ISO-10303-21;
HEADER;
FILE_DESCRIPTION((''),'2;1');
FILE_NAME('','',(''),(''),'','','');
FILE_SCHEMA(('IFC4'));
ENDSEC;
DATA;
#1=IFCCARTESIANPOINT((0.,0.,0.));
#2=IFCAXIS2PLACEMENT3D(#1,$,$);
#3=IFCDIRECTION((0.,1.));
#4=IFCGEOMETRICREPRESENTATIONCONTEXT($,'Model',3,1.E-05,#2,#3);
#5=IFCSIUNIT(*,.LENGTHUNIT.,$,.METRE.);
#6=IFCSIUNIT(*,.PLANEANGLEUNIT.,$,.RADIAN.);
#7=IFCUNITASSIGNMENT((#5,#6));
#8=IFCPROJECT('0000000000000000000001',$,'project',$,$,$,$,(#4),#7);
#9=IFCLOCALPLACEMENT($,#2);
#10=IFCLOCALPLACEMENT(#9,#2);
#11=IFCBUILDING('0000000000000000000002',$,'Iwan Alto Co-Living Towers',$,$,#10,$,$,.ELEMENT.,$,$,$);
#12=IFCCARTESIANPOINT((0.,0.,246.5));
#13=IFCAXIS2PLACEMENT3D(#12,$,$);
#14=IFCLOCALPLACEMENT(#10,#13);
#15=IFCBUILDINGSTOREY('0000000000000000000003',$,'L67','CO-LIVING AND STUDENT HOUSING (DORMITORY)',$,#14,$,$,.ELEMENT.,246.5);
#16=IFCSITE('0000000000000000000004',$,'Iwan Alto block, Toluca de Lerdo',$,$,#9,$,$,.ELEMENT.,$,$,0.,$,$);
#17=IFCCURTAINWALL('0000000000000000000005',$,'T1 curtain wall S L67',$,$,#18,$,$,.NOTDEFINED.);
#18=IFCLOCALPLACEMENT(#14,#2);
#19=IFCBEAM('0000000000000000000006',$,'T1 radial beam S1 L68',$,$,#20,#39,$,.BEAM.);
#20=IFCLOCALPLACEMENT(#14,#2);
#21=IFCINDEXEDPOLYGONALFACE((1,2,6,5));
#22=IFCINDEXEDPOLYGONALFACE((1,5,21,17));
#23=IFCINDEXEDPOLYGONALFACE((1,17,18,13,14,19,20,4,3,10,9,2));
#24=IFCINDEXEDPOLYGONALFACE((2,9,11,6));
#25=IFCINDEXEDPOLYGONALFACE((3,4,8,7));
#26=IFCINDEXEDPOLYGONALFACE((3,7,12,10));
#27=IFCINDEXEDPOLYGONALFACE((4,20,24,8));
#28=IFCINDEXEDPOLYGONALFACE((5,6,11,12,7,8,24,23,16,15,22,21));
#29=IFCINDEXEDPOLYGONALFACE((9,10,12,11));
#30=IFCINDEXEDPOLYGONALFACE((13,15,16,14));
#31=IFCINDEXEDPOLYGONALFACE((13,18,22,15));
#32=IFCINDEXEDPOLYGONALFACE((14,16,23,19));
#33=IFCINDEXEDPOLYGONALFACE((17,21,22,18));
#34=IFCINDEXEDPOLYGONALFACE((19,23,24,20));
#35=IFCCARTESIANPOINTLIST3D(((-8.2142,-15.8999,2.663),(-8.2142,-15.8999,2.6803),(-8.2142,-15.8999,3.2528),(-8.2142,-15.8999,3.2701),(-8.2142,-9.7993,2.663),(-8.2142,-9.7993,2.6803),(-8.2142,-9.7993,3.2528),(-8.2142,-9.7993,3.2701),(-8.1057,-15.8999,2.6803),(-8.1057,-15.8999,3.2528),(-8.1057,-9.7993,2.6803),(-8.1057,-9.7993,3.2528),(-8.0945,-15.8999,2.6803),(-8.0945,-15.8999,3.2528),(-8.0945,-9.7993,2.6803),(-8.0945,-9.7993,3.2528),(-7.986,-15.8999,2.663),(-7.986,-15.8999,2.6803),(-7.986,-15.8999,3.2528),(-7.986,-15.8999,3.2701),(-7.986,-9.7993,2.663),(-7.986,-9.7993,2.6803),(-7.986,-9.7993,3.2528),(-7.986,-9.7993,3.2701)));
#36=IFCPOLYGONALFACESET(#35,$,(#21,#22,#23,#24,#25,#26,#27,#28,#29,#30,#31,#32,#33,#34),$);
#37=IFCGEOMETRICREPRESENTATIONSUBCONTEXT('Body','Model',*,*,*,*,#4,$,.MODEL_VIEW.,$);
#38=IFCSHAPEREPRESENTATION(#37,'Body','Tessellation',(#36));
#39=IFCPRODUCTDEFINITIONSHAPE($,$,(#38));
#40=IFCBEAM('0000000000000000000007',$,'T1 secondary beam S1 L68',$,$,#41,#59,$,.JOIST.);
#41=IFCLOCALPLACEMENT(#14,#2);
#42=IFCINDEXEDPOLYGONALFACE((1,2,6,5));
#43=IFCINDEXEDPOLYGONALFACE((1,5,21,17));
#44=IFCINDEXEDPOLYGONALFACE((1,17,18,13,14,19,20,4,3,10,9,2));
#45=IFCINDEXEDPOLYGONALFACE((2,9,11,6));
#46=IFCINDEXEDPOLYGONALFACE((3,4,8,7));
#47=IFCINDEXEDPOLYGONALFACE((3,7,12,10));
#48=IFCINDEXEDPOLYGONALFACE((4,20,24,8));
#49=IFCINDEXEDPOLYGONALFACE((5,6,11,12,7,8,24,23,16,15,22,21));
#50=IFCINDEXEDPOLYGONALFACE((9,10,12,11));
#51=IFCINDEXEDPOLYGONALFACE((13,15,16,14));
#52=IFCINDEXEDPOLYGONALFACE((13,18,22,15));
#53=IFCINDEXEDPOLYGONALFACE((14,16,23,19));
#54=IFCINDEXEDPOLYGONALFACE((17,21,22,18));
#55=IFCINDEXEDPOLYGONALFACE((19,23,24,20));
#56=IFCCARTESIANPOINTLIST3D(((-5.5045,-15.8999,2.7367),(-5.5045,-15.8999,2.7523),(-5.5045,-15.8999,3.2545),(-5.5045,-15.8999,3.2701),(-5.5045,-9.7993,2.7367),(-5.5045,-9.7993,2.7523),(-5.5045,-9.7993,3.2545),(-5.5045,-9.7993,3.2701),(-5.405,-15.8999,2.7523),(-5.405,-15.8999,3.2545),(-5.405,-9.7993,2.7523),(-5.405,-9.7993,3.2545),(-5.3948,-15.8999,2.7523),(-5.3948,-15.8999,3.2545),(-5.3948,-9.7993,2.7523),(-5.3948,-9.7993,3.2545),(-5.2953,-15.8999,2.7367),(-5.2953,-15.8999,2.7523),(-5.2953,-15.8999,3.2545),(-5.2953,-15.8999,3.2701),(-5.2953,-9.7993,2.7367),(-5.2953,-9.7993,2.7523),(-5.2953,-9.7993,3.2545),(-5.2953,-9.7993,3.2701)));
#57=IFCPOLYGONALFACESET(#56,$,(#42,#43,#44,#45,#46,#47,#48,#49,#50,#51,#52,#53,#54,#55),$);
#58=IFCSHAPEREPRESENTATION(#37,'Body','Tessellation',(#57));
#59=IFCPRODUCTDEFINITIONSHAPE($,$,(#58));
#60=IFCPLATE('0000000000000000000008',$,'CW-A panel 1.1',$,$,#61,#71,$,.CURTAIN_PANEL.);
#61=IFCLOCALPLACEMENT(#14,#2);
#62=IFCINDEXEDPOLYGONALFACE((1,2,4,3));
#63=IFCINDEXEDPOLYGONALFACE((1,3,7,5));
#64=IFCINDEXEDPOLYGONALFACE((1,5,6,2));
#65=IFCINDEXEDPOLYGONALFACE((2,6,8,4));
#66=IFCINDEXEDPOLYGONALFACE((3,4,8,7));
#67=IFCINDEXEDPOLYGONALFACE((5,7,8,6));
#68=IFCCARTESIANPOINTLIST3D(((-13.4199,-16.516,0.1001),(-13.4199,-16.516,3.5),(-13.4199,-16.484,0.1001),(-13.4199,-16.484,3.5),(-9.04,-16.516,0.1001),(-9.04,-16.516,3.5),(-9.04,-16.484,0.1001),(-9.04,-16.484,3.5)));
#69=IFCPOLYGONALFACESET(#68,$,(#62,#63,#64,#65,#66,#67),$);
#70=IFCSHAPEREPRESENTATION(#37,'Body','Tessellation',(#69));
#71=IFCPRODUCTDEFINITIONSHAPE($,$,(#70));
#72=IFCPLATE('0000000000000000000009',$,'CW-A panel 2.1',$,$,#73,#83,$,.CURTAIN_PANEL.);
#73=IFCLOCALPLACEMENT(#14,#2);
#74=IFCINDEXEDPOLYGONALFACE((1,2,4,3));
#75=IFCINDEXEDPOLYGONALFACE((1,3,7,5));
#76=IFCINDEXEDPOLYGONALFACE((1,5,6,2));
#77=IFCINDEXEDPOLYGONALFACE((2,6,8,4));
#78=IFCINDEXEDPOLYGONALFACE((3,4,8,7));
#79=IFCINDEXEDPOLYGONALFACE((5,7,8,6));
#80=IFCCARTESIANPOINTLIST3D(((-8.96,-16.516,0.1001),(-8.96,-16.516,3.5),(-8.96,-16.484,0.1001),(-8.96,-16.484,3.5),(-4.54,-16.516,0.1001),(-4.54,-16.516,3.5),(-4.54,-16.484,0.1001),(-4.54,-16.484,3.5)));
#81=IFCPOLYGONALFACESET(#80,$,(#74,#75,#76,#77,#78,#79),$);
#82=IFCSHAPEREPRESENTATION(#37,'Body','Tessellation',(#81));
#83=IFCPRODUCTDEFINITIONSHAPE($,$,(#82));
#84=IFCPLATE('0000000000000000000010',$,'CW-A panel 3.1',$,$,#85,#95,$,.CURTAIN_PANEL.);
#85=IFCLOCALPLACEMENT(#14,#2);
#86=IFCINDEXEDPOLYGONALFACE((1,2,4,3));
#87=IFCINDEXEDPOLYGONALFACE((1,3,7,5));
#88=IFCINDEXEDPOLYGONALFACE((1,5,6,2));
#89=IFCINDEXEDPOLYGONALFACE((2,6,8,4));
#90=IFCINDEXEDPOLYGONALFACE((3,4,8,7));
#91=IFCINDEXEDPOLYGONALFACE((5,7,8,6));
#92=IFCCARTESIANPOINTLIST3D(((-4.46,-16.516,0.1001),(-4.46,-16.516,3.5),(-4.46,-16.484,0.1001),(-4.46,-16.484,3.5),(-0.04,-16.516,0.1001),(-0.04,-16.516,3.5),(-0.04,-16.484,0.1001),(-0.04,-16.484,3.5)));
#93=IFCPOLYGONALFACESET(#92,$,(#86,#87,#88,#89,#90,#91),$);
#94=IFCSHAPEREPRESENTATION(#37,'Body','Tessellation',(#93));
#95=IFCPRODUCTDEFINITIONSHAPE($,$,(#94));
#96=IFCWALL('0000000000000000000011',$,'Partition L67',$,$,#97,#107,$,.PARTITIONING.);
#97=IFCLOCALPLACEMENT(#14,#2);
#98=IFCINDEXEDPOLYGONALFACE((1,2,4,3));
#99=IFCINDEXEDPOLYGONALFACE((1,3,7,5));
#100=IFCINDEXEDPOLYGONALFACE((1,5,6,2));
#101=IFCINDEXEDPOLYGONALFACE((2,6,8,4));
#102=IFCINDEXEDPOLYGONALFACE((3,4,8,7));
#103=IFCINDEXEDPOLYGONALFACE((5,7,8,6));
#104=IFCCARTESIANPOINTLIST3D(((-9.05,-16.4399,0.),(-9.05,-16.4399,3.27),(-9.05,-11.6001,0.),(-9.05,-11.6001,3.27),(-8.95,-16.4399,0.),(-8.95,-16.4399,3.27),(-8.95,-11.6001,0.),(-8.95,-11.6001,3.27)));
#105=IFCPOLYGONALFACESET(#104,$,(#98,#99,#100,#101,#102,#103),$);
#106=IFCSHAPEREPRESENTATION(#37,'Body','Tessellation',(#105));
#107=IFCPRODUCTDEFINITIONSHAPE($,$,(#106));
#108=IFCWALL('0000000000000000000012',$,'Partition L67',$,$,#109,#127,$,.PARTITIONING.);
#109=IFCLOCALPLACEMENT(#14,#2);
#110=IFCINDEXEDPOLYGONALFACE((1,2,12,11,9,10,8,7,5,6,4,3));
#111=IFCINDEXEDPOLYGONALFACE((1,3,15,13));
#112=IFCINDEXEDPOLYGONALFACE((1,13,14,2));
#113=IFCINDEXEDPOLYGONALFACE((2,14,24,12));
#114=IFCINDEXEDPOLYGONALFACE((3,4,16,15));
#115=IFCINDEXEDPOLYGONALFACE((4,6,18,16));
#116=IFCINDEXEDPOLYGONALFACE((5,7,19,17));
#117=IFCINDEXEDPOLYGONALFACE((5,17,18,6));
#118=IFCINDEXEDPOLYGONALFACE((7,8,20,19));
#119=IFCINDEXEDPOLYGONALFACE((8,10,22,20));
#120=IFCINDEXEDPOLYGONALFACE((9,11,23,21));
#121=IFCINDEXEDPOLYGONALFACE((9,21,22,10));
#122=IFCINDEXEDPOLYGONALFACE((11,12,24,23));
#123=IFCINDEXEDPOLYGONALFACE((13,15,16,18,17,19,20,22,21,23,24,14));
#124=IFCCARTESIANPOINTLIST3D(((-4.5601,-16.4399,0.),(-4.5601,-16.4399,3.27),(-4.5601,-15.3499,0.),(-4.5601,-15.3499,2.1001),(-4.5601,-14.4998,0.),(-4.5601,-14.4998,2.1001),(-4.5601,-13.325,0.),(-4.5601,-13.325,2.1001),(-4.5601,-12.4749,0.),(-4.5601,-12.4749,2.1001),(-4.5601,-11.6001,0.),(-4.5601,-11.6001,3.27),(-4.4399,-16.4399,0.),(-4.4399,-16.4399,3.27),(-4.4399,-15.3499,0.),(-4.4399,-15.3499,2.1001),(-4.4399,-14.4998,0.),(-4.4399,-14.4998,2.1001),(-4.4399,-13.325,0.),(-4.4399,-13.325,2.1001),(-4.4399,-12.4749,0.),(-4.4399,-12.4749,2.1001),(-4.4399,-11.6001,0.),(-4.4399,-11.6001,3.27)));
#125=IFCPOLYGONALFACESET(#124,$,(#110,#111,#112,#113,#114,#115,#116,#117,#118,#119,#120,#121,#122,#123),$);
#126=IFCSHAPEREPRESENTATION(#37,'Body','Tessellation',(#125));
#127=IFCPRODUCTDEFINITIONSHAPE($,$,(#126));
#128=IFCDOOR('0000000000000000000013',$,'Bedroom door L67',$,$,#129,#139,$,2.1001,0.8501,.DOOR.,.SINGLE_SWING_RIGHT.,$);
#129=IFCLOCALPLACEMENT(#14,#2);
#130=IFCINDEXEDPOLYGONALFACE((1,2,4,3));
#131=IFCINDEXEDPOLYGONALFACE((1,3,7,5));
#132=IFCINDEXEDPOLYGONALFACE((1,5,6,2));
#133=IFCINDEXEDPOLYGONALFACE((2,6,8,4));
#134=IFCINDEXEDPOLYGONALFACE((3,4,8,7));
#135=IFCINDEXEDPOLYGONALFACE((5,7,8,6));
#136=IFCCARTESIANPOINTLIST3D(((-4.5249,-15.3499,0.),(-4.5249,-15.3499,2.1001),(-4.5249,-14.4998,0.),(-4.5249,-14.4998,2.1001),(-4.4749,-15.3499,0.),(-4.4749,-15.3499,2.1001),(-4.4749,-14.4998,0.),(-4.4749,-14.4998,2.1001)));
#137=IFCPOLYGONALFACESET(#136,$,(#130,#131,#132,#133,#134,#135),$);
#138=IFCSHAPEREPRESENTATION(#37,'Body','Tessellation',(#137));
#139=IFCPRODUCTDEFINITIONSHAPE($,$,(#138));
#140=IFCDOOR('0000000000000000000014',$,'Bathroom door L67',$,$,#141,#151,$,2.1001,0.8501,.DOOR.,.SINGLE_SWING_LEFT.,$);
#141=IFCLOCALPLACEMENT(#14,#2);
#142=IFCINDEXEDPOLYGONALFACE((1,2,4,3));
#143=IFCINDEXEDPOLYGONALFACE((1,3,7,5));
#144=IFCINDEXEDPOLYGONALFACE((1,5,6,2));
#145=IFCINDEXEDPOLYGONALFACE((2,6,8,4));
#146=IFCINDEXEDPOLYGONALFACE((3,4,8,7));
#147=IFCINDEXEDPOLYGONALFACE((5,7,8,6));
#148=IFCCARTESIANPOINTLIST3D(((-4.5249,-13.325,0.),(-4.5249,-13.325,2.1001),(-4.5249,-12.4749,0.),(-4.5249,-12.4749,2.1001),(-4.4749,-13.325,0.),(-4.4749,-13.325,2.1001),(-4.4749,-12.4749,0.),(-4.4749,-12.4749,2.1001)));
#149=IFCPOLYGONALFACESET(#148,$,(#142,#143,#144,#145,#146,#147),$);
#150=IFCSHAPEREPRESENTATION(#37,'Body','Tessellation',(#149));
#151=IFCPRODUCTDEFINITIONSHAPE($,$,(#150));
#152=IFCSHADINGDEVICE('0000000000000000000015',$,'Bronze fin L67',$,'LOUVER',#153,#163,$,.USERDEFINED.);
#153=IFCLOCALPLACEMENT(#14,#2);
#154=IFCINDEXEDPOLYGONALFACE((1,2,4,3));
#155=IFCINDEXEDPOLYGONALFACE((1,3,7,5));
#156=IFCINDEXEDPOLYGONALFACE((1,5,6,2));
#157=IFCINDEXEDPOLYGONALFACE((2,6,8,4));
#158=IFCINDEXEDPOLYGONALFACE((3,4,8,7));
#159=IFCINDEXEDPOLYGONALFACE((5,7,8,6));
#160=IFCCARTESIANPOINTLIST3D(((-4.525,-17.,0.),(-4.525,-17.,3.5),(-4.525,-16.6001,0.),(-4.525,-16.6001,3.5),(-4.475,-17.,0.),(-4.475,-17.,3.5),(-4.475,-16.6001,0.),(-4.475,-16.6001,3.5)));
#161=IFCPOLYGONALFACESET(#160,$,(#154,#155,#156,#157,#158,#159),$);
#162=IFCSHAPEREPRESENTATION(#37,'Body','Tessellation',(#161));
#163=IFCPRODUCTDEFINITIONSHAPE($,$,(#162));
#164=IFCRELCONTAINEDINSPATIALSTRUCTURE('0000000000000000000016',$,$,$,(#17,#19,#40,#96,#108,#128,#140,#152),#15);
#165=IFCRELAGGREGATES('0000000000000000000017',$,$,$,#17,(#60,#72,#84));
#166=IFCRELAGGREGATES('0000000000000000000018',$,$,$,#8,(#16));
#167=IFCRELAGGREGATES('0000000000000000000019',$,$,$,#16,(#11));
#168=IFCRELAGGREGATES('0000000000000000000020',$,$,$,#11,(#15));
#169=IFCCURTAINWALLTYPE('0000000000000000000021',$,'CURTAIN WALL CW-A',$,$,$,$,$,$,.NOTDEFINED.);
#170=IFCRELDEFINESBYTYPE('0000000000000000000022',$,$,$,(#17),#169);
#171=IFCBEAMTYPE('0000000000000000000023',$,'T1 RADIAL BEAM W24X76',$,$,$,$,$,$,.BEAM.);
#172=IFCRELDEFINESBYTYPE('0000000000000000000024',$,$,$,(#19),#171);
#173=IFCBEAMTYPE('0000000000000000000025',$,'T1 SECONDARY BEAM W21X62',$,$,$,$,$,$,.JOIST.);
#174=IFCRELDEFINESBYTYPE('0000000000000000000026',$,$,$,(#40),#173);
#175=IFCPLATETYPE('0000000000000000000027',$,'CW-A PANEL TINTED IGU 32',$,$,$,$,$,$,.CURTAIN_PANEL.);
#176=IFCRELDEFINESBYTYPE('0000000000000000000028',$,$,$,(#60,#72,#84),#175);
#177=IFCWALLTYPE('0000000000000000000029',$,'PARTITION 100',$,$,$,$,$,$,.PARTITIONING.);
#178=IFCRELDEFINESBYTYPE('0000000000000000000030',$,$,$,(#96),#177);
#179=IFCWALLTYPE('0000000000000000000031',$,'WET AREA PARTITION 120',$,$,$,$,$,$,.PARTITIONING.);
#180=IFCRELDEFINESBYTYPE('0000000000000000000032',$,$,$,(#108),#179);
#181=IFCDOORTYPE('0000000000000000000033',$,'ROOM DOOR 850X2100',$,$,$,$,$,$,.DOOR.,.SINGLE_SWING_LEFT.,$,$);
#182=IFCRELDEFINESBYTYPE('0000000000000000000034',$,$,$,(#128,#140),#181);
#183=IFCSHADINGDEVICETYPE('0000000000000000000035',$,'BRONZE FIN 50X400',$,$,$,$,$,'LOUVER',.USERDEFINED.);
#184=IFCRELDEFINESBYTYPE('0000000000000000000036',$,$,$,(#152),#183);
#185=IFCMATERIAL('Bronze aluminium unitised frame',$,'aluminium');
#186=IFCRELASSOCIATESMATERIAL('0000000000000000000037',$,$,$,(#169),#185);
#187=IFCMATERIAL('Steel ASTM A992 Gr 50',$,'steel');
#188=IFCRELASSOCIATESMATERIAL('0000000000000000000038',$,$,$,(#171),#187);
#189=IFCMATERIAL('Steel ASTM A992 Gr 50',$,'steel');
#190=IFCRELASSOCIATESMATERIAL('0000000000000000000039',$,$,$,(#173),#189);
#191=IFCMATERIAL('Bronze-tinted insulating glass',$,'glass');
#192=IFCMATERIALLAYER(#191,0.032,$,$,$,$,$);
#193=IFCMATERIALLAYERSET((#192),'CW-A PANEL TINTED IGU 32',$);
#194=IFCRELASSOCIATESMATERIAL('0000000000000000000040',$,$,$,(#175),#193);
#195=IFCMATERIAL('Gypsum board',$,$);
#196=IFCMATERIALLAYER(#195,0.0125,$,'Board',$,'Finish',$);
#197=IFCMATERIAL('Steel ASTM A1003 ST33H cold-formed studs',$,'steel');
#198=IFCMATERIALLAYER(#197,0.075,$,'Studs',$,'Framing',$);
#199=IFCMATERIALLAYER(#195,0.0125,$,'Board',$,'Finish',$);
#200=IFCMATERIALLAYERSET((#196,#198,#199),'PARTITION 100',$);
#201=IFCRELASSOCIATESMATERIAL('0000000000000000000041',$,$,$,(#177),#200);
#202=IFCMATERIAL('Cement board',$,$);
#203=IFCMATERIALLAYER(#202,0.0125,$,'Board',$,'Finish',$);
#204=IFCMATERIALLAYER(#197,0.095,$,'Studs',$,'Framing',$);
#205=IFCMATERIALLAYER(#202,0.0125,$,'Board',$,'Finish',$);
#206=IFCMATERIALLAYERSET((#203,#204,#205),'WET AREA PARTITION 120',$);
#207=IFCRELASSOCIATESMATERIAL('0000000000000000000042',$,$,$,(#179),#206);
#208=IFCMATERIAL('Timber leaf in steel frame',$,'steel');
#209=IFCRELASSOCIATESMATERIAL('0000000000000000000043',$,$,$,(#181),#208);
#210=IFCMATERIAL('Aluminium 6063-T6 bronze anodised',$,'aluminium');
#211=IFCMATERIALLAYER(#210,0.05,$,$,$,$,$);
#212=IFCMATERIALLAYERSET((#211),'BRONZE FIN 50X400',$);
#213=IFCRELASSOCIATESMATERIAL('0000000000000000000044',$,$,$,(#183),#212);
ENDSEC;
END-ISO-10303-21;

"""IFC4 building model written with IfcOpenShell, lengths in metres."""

from ifc_helpers import new_model, si_unit, direction, frame, frame_2d, origin, origin_2d, place, context, subcontext, project, spatial, rectangle, i_section, extrude, material, layer, layer_set, material_profile, profile_set, type_object, element, fill, aggregate, save


model = new_model("IFC4")

# Units and contexts
model_context = context("Model", 3, precision=1e-05, world=origin(), true_north=direction((0.0, 1.0)))
body_context = subcontext(model_context, "Body", "Model", "MODEL_VIEW")
ifc_project = project(units=[si_unit("LENGTHUNIT", "METRE"), si_unit("PLANEANGLEUNIT", "RADIAN")], contexts=[model_context])

# Site, building, storey
site_placement = place(None, origin())
site = spatial("IfcSite", under=ifc_project, at=site_placement, Name="Iwan Alto block, Toluca de Lerdo", CompositionType="ELEMENT", RefElevation=0.0)
building_placement = place(site_placement, origin())
building = spatial("IfcBuilding", under=site, at=building_placement, Name="Iwan Alto Co-Living Towers", CompositionType="ELEMENT")
storey_placement = place(building_placement, frame((0.0, 0.0, 246.5)))
storey = spatial("IfcBuildingStorey", under=building, at=storey_placement, Name="L67", Description="CO-LIVING AND STUDENT HOUSING (DORMITORY)", CompositionType="ELEMENT", Elevation=246.5)

# Curtain wall
ifc_material_1 = material(Name="Bronze aluminium unitised frame", Category="aluminium")
curtain_wall_type_1 = type_object("IfcCurtainWallType", Name="CURTAIN WALL CW-A", PredefinedType="NOTDEFINED", material=ifc_material_1)
curtain_wall_1_placement = place(storey_placement, origin())
curtain_wall_1 = element("IfcCurtainWall", 1, at=curtain_wall_1_placement, inside=storey, type_object=curtain_wall_type_1, Name="T1 curtain wall S L67", PredefinedType="NOTDEFINED")

# Beams
ifc_material_2 = material(Name="Steel ASTM A992 Gr 50", Category="steel")
ifc_material_profile_1 = material_profile(ifc_material_2, i_section(OverallWidth=0.2283, OverallDepth=0.6072, WebThickness=0.0112, FlangeThickness=0.0173, at=origin_2d()), Name="W24X76")
ifc_profile_set_1 = profile_set([ifc_material_profile_1], Name="Steel ASTM A992 Gr 50")
beam_type_1 = type_object("IfcBeamType", Name="T1 RADIAL BEAM W24X76", PredefinedType="BEAM", material=ifc_profile_set_1)
beam_1_placement = place(storey_placement, frame((-8.1001, -15.8999, 2.9666), z_axis=(0.0, 1.0, 0.0), x_axis=(-1.0, 0.0, 0.0)))
element("IfcBeam", 2, at=beam_1_placement, inside=storey, type_object=beam_type_1, Name="T1 radial beam S1 L68", PredefinedType="BEAM", context=body_context, shape_type="SweptSolid", body=[
    extrude(i_section(OverallWidth=0.2283, OverallDepth=0.6072, WebThickness=0.0112, FlangeThickness=0.0173, at=origin_2d()), origin(), (0.0, 0.0, 1.0), 6.1006),
])
ifc_material_3 = material(Name="Steel ASTM A992 Gr 50", Category="steel")
ifc_material_profile_2 = material_profile(ifc_material_3, i_section(OverallWidth=0.2092, OverallDepth=0.5334, WebThickness=0.0103, FlangeThickness=0.0156, at=origin_2d()), Name="W21X62")
ifc_profile_set_2 = profile_set([ifc_material_profile_2], Name="Steel ASTM A992 Gr 50")
beam_type_2 = type_object("IfcBeamType", Name="T1 SECONDARY BEAM W21X62", PredefinedType="JOIST", material=ifc_profile_set_2)
beam_2_placement = place(storey_placement, frame((-5.3999, -15.8999, 3.0034), z_axis=(0.0, 1.0, 0.0), x_axis=(-1.0, 0.0, 0.0)))
element("IfcBeam", 3, at=beam_2_placement, inside=storey, type_object=beam_type_2, Name="T1 secondary beam S1 L68", PredefinedType="JOIST", context=body_context, shape_type="SweptSolid", body=[
    extrude(i_section(OverallWidth=0.2092, OverallDepth=0.5334, WebThickness=0.0103, FlangeThickness=0.0156, at=origin_2d()), origin(), (0.0, 0.0, 1.0), 6.1006),
])

# Plates
ifc_material_4 = material(Name="Bronze-tinted insulating glass", Category="glass")
ifc_layer_1 = layer(ifc_material_4, 0.032)
ifc_layer_set_1 = layer_set([ifc_layer_1], Name="CW-A PANEL TINTED IGU 32")
plate_type = type_object("IfcPlateType", Name="CW-A PANEL TINTED IGU 32", PredefinedType="CURTAIN_PANEL", material=ifc_layer_set_1)
plate_1_placement = place(storey_placement, frame((-11.23, -16.5, 0.1001), z_axis=(0.0, 0.0, 1.0), x_axis=(1.0, 0.0, 0.0)))
plate_1 = element("IfcPlate", 4, at=plate_1_placement, type_object=plate_type, Name="CW-A panel 1.1", PredefinedType="CURTAIN_PANEL", context=body_context, shape_type="SweptSolid", body=[
    extrude(rectangle(XDim=4.3799, YDim=0.032, at=origin_2d()), origin(), (0.0, 0.0, 1.0), 3.3999),
])
plate_2_placement = place(storey_placement, frame((-6.75, -16.5, 0.1001), z_axis=(0.0, 0.0, 1.0), x_axis=(1.0, 0.0, 0.0)))
plate_2 = element("IfcPlate", 5, at=plate_2_placement, type_object=plate_type, Name="CW-A panel 2.1", PredefinedType="CURTAIN_PANEL", context=body_context, shape_type="SweptSolid", body=[
    extrude(rectangle(XDim=4.4199, YDim=0.032, at=origin_2d()), origin(), (0.0, 0.0, 1.0), 3.3999),
])
plate_3_placement = place(storey_placement, frame((-2.25, -16.5, 0.1001), z_axis=(0.0, 0.0, 1.0), x_axis=(1.0, 0.0, 0.0)))
plate_3 = element("IfcPlate", 6, at=plate_3_placement, type_object=plate_type, Name="CW-A panel 3.1", PredefinedType="CURTAIN_PANEL", context=body_context, shape_type="SweptSolid", body=[
    extrude(rectangle(XDim=4.4199, YDim=0.032, at=origin_2d()), origin(), (0.0, 0.0, 1.0), 3.3999),
])
aggregate(curtain_wall_1, [plate_1, plate_2, plate_3])

# Wall
ifc_material_5 = material(Name="Gypsum board")
ifc_layer_2 = layer(ifc_material_5, 0.0125, Name="Board", Category="Finish")
ifc_material_6 = material(Name="Steel ASTM A1003 ST33H cold-formed studs", Category="steel")
ifc_layer_3 = layer(ifc_material_6, 0.075, Name="Studs", Category="Framing")
ifc_layer_4 = layer(ifc_material_5, 0.0125, Name="Board", Category="Finish")
ifc_layer_set_2 = layer_set([ifc_layer_2, ifc_layer_3, ifc_layer_4], Name="PARTITION 100")
wall_type_1 = type_object("IfcWallType", Name="PARTITION 100", PredefinedType="PARTITIONING", material=ifc_layer_set_2)
wall_1_placement = place(storey_placement, frame((-9.0, -16.4399, 0.0), z_axis=(0.0, 0.0, 1.0), x_axis=(0.0, 1.0, 0.0)))
element("IfcWall", 7, at=wall_1_placement, inside=storey, type_object=wall_type_1, Name="Partition L67", PredefinedType="PARTITIONING", context=body_context, shape_type="SweptSolid", body=[
    extrude(rectangle(XDim=4.8398, YDim=0.1001, at=frame_2d((2.4199, 0.0))), origin(), (0.0, 0.0, 1.0), 3.27),
])

# Wall, openings, doors
ifc_material_7 = material(Name="Cement board")
ifc_layer_5 = layer(ifc_material_7, 0.0125, Name="Board", Category="Finish")
ifc_layer_6 = layer(ifc_material_6, 0.095, Name="Studs", Category="Framing")
ifc_layer_7 = layer(ifc_material_7, 0.0125, Name="Board", Category="Finish")
ifc_layer_set_3 = layer_set([ifc_layer_5, ifc_layer_6, ifc_layer_7], Name="WET AREA PARTITION 120")
wall_type_2 = type_object("IfcWallType", Name="WET AREA PARTITION 120", PredefinedType="PARTITIONING", material=ifc_layer_set_3)
wall_2_placement = place(storey_placement, frame((-4.5, -16.4399, 0.0), z_axis=(0.0, 0.0, 1.0), x_axis=(0.0, 1.0, 0.0)))
wall_2 = element("IfcWall", 8, at=wall_2_placement, inside=storey, type_object=wall_type_2, Name="Partition L67", PredefinedType="PARTITIONING", context=body_context, shape_type="SweptSolid", body=[
    extrude(rectangle(XDim=4.8398, YDim=0.1201, at=frame_2d((2.4199, 0.0))), origin(), (0.0, 0.0, 1.0), 3.27),
])
opening_1_placement = place(wall_2_placement, frame((1.0901, 0.0, 0.0)))
opening_1 = element("IfcOpeningElement", 9, at=opening_1_placement, cuts=wall_2, PredefinedType="OPENING", context=body_context, shape_type="SweptSolid", body=[
    extrude(rectangle(XDim=0.8501, YDim=2.1001, at=frame_2d((0.425, 1.05))), frame((0.0, 0.0701, 0.0), z_axis=(0.0, -1.0, 0.0), x_axis=(1.0, 0.0, 0.0)), (0.0, 0.0, 1.0), 0.1401),
])
opening_2_placement = place(wall_2_placement, frame((3.115, 0.0, 0.0)))
opening_2 = element("IfcOpeningElement", 10, at=opening_2_placement, cuts=wall_2, PredefinedType="OPENING", context=body_context, shape_type="SweptSolid", body=[
    extrude(rectangle(XDim=0.8501, YDim=2.1001, at=frame_2d((0.425, 1.05))), frame((0.0, 0.0701, 0.0), z_axis=(0.0, -1.0, 0.0), x_axis=(1.0, 0.0, 0.0)), (0.0, 0.0, 1.0), 0.1401),
])
ifc_material_8 = material(Name="Timber leaf in steel frame", Category="steel")
door_type = type_object("IfcDoorType", Name="ROOM DOOR 850X2100", OperationType="SINGLE_SWING_LEFT", PredefinedType="DOOR", material=ifc_material_8)
door_1_placement = place(opening_1_placement, origin())
door_1 = element("IfcDoor", 11, at=door_1_placement, inside=storey, type_object=door_type, Name="Bedroom door L67", OperationType="SINGLE_SWING_RIGHT", OverallHeight=2.1001, OverallWidth=0.8501, PredefinedType="DOOR", context=body_context, shape_type="SweptSolid", body=[
    extrude(rectangle(XDim=0.8501, YDim=2.1001, at=frame_2d((0.425, 1.05))), frame((0.0, 0.0249, 0.0), z_axis=(0.0, -1.0, 0.0), x_axis=(1.0, 0.0, 0.0)), (0.0, 0.0, 1.0), 0.05),
])
fill(opening_1, door_1)
door_2_placement = place(opening_2_placement, origin())
door_2 = element("IfcDoor", 12, at=door_2_placement, inside=storey, type_object=door_type, Name="Bathroom door L67", OperationType="SINGLE_SWING_LEFT", OverallHeight=2.1001, OverallWidth=0.8501, PredefinedType="DOOR", context=body_context, shape_type="SweptSolid", body=[
    extrude(rectangle(XDim=0.8501, YDim=2.1001, at=frame_2d((0.425, 1.05))), frame((0.0, 0.0249, 0.0), z_axis=(0.0, -1.0, 0.0), x_axis=(1.0, 0.0, 0.0)), (0.0, 0.0, 1.0), 0.05),
])
fill(opening_2, door_2)

# Shading device
ifc_material_9 = material(Name="Aluminium 6063-T6 bronze anodised", Category="aluminium")
ifc_layer_8 = layer(ifc_material_9, 0.05)
ifc_layer_set_4 = layer_set([ifc_layer_8], Name="BRONZE FIN 50X400")
shading_device_type = type_object("IfcShadingDeviceType", Name="BRONZE FIN 50X400", ElementType="LOUVER", PredefinedType="USERDEFINED", material=ifc_layer_set_4)
shading_device_placement = place(storey_placement, frame((-4.5, -16.8, 0.0), z_axis=(0.0, 0.0, 1.0), x_axis=(1.0, 0.0, 0.0)))
element("IfcShadingDevice", 13, at=shading_device_placement, inside=storey, type_object=shading_device_type, Name="Bronze fin L67", ObjectType="LOUVER", PredefinedType="USERDEFINED", context=body_context, shape_type="SweptSolid", body=[
    extrude(rectangle(XDim=0.05, YDim=0.3999, at=origin_2d()), origin(), (0.0, 0.0, 1.0), 3.5),
])

save(model, "model.ifc")
